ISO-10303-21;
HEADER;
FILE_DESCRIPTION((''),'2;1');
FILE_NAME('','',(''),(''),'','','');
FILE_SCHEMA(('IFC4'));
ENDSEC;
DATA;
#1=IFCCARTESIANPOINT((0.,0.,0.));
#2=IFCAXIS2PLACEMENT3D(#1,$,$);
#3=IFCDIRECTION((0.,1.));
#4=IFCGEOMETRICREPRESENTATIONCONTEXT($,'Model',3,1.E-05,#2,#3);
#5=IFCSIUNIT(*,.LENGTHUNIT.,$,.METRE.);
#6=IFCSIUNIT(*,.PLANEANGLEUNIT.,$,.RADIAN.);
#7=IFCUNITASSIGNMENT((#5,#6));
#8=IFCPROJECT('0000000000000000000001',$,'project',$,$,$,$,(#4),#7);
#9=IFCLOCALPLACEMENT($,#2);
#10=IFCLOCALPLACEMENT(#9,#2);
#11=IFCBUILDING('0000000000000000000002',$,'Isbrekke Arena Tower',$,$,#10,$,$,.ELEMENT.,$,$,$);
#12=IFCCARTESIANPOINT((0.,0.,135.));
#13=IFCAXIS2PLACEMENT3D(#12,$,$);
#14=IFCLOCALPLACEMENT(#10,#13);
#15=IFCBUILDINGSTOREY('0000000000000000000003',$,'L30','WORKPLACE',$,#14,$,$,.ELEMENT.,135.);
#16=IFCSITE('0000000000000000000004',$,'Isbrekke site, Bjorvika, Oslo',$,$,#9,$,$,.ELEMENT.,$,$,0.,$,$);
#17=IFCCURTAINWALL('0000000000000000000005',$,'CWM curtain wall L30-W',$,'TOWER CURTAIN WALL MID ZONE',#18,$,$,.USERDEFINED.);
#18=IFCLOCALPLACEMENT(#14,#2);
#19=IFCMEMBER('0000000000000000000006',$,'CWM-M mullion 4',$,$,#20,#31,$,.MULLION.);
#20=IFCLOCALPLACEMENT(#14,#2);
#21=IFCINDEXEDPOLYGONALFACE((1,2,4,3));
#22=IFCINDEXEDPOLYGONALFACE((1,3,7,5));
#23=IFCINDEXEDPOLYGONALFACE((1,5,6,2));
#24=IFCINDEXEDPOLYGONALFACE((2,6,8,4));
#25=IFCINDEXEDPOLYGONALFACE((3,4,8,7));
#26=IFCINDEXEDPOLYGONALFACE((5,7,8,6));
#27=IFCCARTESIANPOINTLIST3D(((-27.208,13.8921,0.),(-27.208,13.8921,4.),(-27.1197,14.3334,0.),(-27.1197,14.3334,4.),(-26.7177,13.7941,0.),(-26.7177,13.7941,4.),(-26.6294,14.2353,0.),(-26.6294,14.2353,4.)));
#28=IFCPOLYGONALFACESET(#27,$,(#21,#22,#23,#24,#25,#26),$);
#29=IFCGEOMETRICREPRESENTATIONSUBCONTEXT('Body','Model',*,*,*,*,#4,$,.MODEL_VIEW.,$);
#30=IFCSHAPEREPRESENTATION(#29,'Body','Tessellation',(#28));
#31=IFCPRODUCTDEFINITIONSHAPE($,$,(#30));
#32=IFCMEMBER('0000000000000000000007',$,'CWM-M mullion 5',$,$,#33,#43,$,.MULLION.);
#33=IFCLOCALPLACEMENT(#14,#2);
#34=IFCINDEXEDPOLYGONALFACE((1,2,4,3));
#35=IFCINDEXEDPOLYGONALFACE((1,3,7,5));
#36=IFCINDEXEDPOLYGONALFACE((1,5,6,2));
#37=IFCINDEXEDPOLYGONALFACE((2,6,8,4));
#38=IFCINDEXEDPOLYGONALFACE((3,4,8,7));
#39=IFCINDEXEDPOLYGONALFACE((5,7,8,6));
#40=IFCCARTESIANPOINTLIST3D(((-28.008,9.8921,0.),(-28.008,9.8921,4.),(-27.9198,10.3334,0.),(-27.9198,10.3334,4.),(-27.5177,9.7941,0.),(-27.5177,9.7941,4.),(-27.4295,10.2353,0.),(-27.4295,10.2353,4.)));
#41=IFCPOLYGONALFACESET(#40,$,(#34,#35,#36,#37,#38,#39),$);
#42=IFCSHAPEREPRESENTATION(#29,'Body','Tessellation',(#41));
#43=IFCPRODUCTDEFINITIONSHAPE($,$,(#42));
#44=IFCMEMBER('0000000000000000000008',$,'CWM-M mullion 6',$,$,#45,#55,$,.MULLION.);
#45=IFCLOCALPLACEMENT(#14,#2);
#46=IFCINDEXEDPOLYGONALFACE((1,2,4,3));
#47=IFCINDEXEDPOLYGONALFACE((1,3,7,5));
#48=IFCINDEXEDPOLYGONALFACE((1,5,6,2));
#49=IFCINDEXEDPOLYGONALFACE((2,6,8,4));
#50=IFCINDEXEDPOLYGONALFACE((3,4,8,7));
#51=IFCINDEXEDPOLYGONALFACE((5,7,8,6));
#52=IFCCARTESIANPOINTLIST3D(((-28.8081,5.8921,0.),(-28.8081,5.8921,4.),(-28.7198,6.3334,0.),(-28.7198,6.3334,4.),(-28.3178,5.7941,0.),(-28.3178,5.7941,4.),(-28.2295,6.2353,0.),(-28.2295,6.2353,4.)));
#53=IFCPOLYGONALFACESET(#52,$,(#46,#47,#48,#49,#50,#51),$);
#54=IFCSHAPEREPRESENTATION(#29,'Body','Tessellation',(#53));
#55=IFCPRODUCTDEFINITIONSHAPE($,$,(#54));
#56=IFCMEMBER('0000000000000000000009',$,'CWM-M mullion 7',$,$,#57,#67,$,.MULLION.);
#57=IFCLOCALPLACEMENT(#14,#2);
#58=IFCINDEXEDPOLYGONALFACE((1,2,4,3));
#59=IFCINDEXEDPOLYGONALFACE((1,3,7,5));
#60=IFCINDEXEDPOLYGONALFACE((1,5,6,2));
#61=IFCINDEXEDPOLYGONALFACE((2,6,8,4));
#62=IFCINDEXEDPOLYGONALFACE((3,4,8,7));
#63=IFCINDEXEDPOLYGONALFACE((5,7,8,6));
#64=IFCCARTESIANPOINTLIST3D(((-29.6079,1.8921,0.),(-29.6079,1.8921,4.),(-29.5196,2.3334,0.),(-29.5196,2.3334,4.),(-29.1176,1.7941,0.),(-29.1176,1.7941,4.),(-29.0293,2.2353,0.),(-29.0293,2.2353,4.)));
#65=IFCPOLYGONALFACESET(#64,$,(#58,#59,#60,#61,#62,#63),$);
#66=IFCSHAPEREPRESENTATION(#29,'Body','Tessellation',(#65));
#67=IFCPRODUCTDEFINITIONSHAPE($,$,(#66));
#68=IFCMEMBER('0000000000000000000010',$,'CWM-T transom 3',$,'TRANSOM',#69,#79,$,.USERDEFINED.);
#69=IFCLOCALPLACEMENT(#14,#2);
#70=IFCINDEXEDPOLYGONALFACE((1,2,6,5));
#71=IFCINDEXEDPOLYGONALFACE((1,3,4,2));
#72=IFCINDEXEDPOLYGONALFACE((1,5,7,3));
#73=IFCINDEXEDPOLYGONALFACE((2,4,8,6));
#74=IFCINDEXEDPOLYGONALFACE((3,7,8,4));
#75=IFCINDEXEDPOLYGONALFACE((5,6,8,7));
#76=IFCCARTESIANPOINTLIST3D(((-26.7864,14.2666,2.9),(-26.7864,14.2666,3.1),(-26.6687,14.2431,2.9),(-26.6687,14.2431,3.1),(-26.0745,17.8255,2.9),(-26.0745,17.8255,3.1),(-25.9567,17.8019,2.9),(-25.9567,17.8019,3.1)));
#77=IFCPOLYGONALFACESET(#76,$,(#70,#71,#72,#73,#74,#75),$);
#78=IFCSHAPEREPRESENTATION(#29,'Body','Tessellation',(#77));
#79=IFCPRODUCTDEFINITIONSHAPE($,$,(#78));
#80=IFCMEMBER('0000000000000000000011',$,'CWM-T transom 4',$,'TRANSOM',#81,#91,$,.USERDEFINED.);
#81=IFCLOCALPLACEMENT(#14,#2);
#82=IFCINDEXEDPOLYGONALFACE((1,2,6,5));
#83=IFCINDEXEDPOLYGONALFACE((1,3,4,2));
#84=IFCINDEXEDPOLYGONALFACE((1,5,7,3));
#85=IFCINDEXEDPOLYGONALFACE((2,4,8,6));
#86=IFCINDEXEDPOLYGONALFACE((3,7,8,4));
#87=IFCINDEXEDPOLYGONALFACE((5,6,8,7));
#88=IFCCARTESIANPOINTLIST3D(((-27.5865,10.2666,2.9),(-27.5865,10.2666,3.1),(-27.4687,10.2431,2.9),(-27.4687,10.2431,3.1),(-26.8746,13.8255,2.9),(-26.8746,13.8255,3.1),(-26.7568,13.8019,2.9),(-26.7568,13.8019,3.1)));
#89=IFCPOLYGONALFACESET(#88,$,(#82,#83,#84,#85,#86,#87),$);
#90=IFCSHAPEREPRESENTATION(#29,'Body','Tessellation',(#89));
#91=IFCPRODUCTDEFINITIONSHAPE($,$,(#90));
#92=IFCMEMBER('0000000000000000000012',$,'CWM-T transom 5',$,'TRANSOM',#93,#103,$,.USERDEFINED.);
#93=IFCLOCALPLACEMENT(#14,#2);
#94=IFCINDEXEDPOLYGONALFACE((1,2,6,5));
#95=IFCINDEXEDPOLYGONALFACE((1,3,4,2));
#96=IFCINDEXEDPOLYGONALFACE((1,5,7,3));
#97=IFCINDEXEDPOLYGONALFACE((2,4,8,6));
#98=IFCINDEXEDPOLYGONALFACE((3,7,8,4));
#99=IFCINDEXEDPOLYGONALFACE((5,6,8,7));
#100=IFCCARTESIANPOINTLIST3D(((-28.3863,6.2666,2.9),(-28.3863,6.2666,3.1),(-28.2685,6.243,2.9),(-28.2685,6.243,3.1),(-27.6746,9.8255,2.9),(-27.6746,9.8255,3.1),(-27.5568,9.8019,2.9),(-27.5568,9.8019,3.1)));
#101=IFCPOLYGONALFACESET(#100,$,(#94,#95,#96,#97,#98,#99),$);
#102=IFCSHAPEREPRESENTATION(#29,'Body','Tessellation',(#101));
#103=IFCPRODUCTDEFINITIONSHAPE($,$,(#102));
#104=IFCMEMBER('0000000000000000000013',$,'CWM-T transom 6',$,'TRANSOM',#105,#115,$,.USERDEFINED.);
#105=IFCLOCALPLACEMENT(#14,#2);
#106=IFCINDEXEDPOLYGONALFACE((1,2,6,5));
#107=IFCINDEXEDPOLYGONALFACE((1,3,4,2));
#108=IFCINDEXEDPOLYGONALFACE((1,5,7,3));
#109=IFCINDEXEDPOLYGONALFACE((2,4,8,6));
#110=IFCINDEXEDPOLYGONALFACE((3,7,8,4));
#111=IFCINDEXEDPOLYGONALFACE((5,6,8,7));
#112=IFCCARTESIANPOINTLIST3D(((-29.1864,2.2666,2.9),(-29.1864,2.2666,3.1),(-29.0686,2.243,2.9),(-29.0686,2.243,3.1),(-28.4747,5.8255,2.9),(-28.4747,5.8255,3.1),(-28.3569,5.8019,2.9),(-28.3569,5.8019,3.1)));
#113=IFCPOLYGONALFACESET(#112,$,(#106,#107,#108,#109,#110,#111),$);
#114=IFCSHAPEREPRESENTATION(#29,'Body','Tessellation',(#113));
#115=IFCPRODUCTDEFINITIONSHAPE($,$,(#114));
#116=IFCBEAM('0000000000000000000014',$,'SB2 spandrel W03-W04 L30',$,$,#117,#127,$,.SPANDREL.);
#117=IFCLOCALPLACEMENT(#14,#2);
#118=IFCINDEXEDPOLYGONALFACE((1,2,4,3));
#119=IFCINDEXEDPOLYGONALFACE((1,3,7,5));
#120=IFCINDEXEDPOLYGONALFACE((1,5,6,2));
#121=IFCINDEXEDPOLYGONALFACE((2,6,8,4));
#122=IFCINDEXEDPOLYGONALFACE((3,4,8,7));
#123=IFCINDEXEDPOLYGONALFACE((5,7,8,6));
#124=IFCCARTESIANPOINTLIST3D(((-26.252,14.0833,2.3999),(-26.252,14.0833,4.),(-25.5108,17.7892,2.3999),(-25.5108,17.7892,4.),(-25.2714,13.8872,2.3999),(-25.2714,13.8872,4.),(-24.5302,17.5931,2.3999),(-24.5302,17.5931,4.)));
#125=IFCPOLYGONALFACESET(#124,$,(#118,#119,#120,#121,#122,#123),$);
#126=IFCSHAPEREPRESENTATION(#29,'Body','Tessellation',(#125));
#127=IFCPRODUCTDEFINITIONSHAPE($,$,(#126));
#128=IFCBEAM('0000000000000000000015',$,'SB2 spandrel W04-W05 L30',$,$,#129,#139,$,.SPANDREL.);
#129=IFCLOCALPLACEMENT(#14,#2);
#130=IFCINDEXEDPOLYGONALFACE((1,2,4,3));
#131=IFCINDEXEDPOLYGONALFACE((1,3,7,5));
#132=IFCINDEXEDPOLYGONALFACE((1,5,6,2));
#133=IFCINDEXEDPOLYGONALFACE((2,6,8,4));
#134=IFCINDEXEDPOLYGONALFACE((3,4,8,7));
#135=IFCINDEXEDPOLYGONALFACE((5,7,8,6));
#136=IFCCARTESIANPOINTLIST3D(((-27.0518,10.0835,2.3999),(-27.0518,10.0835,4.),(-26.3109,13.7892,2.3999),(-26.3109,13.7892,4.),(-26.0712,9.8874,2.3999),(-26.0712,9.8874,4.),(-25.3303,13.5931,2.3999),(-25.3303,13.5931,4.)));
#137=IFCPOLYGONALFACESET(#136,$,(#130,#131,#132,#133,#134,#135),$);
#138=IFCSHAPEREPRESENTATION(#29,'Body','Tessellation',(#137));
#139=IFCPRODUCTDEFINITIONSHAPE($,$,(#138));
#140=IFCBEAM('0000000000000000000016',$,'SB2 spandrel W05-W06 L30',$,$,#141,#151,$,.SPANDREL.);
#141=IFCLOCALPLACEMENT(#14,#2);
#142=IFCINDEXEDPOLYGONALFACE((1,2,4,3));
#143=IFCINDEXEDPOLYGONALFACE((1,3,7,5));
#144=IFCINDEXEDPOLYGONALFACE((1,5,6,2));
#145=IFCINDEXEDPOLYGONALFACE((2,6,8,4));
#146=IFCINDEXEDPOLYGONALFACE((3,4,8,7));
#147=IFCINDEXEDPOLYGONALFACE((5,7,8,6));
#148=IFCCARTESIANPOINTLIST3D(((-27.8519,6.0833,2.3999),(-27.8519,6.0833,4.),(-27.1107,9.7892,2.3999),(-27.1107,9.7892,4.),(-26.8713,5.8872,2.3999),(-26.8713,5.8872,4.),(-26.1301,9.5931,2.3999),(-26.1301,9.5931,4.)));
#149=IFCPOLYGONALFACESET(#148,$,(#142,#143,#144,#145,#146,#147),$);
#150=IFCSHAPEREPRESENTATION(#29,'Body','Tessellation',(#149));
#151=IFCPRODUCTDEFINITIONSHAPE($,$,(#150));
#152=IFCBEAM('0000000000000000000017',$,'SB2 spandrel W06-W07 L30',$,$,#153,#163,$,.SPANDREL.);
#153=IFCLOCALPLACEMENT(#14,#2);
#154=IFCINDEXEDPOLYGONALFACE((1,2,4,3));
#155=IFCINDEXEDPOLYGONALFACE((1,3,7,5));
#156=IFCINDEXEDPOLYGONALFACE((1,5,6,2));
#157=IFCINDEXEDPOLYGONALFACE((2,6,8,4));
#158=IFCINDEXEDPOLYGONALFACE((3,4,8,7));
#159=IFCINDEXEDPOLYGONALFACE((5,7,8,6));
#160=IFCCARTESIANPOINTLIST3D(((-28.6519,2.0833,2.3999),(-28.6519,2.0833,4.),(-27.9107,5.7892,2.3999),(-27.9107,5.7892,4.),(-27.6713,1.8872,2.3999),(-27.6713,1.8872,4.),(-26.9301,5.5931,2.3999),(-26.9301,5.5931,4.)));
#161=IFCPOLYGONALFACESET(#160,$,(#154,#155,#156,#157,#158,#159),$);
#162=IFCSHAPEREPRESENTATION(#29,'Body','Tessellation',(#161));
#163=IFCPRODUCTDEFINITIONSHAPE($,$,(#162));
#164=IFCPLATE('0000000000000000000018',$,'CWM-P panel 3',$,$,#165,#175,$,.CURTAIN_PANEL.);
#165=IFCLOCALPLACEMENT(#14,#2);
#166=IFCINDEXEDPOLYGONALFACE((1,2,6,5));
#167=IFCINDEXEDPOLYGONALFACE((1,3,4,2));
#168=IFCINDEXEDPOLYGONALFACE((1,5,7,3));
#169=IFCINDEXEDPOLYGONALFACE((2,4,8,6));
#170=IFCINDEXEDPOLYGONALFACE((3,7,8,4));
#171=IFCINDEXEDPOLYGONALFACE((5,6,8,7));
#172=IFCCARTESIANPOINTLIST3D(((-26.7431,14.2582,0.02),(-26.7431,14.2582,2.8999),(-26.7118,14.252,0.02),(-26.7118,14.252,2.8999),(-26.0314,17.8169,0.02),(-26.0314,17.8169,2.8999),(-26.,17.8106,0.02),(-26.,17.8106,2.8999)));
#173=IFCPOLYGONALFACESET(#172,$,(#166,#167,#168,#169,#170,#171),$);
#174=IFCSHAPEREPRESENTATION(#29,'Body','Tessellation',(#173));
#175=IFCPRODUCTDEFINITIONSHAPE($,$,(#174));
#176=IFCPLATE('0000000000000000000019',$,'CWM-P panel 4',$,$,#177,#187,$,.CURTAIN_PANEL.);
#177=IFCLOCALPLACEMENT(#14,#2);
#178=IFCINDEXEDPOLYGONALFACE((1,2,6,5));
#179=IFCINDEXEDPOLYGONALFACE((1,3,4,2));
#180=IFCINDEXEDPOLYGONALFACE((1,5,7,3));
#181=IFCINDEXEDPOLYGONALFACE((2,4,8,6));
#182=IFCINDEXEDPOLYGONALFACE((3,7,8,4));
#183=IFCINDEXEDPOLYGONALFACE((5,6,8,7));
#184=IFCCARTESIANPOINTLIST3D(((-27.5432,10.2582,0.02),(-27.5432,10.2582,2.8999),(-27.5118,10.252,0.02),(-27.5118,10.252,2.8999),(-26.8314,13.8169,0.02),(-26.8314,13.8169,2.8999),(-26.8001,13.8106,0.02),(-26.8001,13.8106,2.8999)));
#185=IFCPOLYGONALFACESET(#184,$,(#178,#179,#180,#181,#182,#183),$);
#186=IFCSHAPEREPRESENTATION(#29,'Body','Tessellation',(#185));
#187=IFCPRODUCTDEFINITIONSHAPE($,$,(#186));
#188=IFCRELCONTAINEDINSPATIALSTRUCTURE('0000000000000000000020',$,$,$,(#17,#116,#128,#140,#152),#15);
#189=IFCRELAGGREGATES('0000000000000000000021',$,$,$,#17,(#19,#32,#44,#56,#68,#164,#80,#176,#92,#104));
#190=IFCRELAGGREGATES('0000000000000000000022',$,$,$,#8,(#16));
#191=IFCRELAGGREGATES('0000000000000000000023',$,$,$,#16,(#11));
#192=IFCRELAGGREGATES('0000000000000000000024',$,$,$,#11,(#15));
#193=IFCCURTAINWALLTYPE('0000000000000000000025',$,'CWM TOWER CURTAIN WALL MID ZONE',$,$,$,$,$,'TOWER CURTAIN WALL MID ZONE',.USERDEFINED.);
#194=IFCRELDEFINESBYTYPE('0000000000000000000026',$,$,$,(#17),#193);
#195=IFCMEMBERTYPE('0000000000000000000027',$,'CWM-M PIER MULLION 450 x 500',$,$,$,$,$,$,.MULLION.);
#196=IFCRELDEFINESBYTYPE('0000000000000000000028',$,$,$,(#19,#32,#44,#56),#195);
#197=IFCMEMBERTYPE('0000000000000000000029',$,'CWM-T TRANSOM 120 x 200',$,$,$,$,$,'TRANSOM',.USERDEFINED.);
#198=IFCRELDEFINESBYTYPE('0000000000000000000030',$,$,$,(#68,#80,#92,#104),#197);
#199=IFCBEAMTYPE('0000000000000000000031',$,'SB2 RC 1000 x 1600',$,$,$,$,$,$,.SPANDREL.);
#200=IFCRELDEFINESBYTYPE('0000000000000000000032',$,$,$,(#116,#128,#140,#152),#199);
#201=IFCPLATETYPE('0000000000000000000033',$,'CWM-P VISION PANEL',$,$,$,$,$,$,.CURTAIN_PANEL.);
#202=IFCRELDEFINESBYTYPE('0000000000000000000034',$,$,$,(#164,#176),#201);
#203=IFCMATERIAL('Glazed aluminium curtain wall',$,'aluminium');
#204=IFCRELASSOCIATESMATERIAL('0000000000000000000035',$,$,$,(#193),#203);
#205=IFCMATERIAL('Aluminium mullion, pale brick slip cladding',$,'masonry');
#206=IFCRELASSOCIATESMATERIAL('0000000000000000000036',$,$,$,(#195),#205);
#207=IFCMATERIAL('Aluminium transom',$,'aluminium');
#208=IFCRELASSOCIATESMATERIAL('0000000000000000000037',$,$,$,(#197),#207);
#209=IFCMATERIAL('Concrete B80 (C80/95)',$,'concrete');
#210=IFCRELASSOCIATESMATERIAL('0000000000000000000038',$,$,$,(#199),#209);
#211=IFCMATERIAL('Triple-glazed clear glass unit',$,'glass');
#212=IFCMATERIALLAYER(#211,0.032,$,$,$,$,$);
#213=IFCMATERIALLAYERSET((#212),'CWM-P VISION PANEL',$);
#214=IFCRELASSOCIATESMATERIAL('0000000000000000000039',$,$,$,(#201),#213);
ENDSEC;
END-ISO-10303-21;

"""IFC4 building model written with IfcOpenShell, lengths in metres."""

from ifc_helpers import new_model, si_unit, direction, frame, origin, origin_2d, place, context, subcontext, project, spatial, rectangle, extrude, material, layer, layer_set, material_profile, profile_set, type_object, element, aggregate, save


model = new_model("IFC4")

# Units and contexts
model_context = context("Model", 3, precision=1e-05, world=origin(), true_north=direction((0.0, 1.0)))
body_context = subcontext(model_context, "Body", "Model", "MODEL_VIEW")
ifc_project = project(units=[si_unit("LENGTHUNIT", "METRE"), si_unit("PLANEANGLEUNIT", "RADIAN")], contexts=[model_context])

# Site, building, storey
site_placement = place(None, origin())
site = spatial("IfcSite", under=ifc_project, at=site_placement, Name="Isbrekke site, Bjorvika, Oslo", CompositionType="ELEMENT", RefElevation=0.0)
building_placement = place(site_placement, origin())
building = spatial("IfcBuilding", under=site, at=building_placement, Name="Isbrekke Arena Tower", CompositionType="ELEMENT")
storey_placement = place(building_placement, frame((0.0, 0.0, 135.0)))
storey = spatial("IfcBuildingStorey", under=building, at=storey_placement, Name="L30", Description="WORKPLACE", CompositionType="ELEMENT", Elevation=135.0)

# Curtain wall, members
ifc_material_1 = material(Name="Glazed aluminium curtain wall", Category="aluminium")
curtain_wall_type = type_object("IfcCurtainWallType", Name="CWM TOWER CURTAIN WALL MID ZONE", ElementType="TOWER CURTAIN WALL MID ZONE", PredefinedType="USERDEFINED", material=ifc_material_1)
curtain_wall_placement = place(storey_placement, origin())
curtain_wall = element("IfcCurtainWall", 1, at=curtain_wall_placement, inside=storey, type_object=curtain_wall_type, Name="CWM curtain wall L30-W", ObjectType="TOWER CURTAIN WALL MID ZONE", PredefinedType="USERDEFINED")
ifc_material_2 = material(Name="Aluminium mullion, pale brick slip cladding", Category="masonry")
ifc_material_profile_1 = material_profile(ifc_material_2, rectangle(XDim=0.45, YDim=0.5, at=origin_2d()), Name="PIER 450X500")
ifc_profile_set_1 = profile_set([ifc_material_profile_1], Name="Aluminium mullion, pale brick slip cladding")
member_type_1 = type_object("IfcMemberType", Name="CWM-M PIER MULLION 450 x 500", PredefinedType="MULLION", material=ifc_profile_set_1)
member_1_placement = place(storey_placement, frame((-26.9187, 14.0637, 0.0), z_axis=(0.0, 0.0, 1.0), x_axis=(-0.196116, -0.980581, 0.0)))
member_1 = element("IfcMember", 2, at=member_1_placement, type_object=member_type_1, Name="CWM-M mullion 4", PredefinedType="MULLION", context=body_context, shape_type="SweptSolid", body=[
    extrude(rectangle(XDim=0.45, YDim=0.5, at=origin_2d()), origin(), (0.0, 0.0, 1.0), 4.0),
])
member_2_placement = place(storey_placement, frame((-27.7188, 10.0637, 0.0), z_axis=(0.0, 0.0, 1.0), x_axis=(-0.196116, -0.980581, 0.0)))
member_2 = element("IfcMember", 3, at=member_2_placement, type_object=member_type_1, Name="CWM-M mullion 5", PredefinedType="MULLION", context=body_context, shape_type="SweptSolid", body=[
    extrude(rectangle(XDim=0.45, YDim=0.5, at=origin_2d()), origin(), (0.0, 0.0, 1.0), 4.0),
])
member_3_placement = place(storey_placement, frame((-28.5188, 6.0637, 0.0), z_axis=(0.0, 0.0, 1.0), x_axis=(-0.196116, -0.980581, 0.0)))
member_3 = element("IfcMember", 4, at=member_3_placement, type_object=member_type_1, Name="CWM-M mullion 6", PredefinedType="MULLION", context=body_context, shape_type="SweptSolid", body=[
    extrude(rectangle(XDim=0.45, YDim=0.5, at=origin_2d()), origin(), (0.0, 0.0, 1.0), 4.0),
])
member_4_placement = place(storey_placement, frame((-29.3186, 2.0637, 0.0), z_axis=(0.0, 0.0, 1.0), x_axis=(-0.196116, -0.980581, 0.0)))
member_4 = element("IfcMember", 5, at=member_4_placement, type_object=member_type_1, Name="CWM-M mullion 7", PredefinedType="MULLION", context=body_context, shape_type="SweptSolid", body=[
    extrude(rectangle(XDim=0.45, YDim=0.5, at=origin_2d()), origin(), (0.0, 0.0, 1.0), 4.0),
])
ifc_material_3 = material(Name="Aluminium transom", Category="aluminium")
ifc_material_profile_2 = material_profile(ifc_material_3, rectangle(XDim=0.1201, YDim=0.2, at=origin_2d()), Name="TRANSOM 120X200")
ifc_profile_set_2 = profile_set([ifc_material_profile_2], Name="Aluminium transom")
member_type_2 = type_object("IfcMemberType", Name="CWM-T TRANSOM 120 x 200", ElementType="TRANSOM", PredefinedType="USERDEFINED", material=ifc_profile_set_2)
member_5_placement = place(storey_placement, frame((-26.0156, 17.8137, 3.0), z_axis=(-0.196155, -0.980573, 0.0), x_axis=(0.980573, -0.196155, 0.0)))
member_5 = element("IfcMember", 6, at=member_5_placement, type_object=member_type_2, Name="CWM-T transom 3", ObjectType="TRANSOM", PredefinedType="USERDEFINED", context=body_context, shape_type="SweptSolid", body=[
    extrude(rectangle(XDim=0.1201, YDim=0.2, at=origin_2d()), origin(), (0.0, 0.0, 1.0), 3.6294),
])
member_6_placement = place(storey_placement, frame((-26.8157, 13.8137, 3.0), z_axis=(-0.196155, -0.980573, 0.0), x_axis=(0.980573, -0.196155, 0.0)))
member_6 = element("IfcMember", 7, at=member_6_placement, type_object=member_type_2, Name="CWM-T transom 4", ObjectType="TRANSOM", PredefinedType="USERDEFINED", context=body_context, shape_type="SweptSolid", body=[
    extrude(rectangle(XDim=0.1201, YDim=0.2, at=origin_2d()), origin(), (0.0, 0.0, 1.0), 3.6294),
])
member_7_placement = place(storey_placement, frame((-27.6157, 9.8137, 3.0), z_axis=(-0.19609, -0.980586, 0.0), x_axis=(0.980586, -0.19609, 0.0)))
member_7 = element("IfcMember", 8, at=member_7_placement, type_object=member_type_2, Name="CWM-T transom 5", ObjectType="TRANSOM", PredefinedType="USERDEFINED", context=body_context, shape_type="SweptSolid", body=[
    extrude(rectangle(XDim=0.1201, YDim=0.2, at=origin_2d()), origin(), (0.0, 0.0, 1.0), 3.6294),
])
member_8_placement = place(storey_placement, frame((-28.4158, 5.8137, 3.0), z_axis=(-0.19609, -0.980586, 0.0), x_axis=(0.980586, -0.19609, 0.0)))
member_8 = element("IfcMember", 9, at=member_8_placement, type_object=member_type_2, Name="CWM-T transom 6", ObjectType="TRANSOM", PredefinedType="USERDEFINED", context=body_context, shape_type="SweptSolid", body=[
    extrude(rectangle(XDim=0.1201, YDim=0.2, at=origin_2d()), origin(), (0.0, 0.0, 1.0), 3.6294),
])

# Beams
ifc_material_4 = material(Name="Concrete B80 (C80/95)", Category="concrete")
ifc_material_profile_3 = material_profile(ifc_material_4, rectangle(XDim=1.0, YDim=1.6001, at=origin_2d()), Name="RC 1000x1600")
ifc_profile_set_3 = profile_set([ifc_material_profile_3], Name="Concrete B80 (C80/95)")
beam_type_1 = type_object("IfcBeamType", Name="SB2 RC 1000 x 1600", PredefinedType="SPANDREL", material=ifc_profile_set_3)
beam_1_placement = place(storey_placement, frame((-25.0205, 17.6912, 3.2), z_axis=(-0.196129, -0.980578, 0.0), x_axis=(0.980578, -0.196129, 0.0)))
element("IfcBeam", 10, at=beam_1_placement, inside=storey, type_object=beam_type_1, Name="SB2 spandrel W03-W04 L30", PredefinedType="SPANDREL", context=body_context, shape_type="SweptSolid", body=[
    extrude(rectangle(XDim=1.0, YDim=1.6001, at=origin_2d()), origin(), (0.0, 0.0, 1.0), 3.7793),
])
beam_2_placement = place(storey_placement, frame((-25.8206, 13.6912, 3.2), z_axis=(-0.196066, -0.980591, 0.0), x_axis=(0.980591, -0.196066, 0.0)))
element("IfcBeam", 11, at=beam_2_placement, inside=storey, type_object=beam_type_1, Name="SB2 spandrel W04-W05 L30", PredefinedType="SPANDREL", context=body_context, shape_type="SweptSolid", body=[
    extrude(rectangle(XDim=1.0, YDim=1.6001, at=origin_2d()), origin(), (0.0, 0.0, 1.0), 3.7791),
])
for number, where, z_axis, x_axis, name in (
    (12, (-26.6204, 9.6912, 3.2), (-0.196129, -0.980578, 0.0), (0.980578, -0.196129, 0.0), "SB2 spandrel W05-W06 L30"),
    (13, (-27.4204, 5.6912, 3.2), (-0.196129, -0.980578, 0.0), (0.980578, -0.196129, 0.0), "SB2 spandrel W06-W07 L30"),
):
    element("IfcBeam", number, at=place(storey_placement, frame(where, z_axis=z_axis, x_axis=x_axis)), inside=storey, type_object=beam_type_1, Name=name, PredefinedType="SPANDREL", context=body_context, shape_type="SweptSolid", body=[
        extrude(rectangle(XDim=1.0, YDim=1.6001, at=origin_2d()), origin(), (0.0, 0.0, 1.0), 3.7793),
    ])

# Plates
ifc_material_5 = material(Name="Triple-glazed clear glass unit", Category="glass")
ifc_layer_1 = layer(ifc_material_5, 0.032)
ifc_layer_set_1 = layer_set([ifc_layer_1], Name="CWM-P VISION PANEL")
plate_type = type_object("IfcPlateType", Name="CWM-P VISION PANEL", PredefinedType="CURTAIN_PANEL", material=ifc_layer_set_1)
plate_1_placement = place(storey_placement, frame((-26.3716, 16.0344, 0.02), z_axis=(0.0, 0.0, 1.0), x_axis=(-0.196116, -0.980581, 0.0)))
plate_1 = element("IfcPlate", 14, at=plate_1_placement, type_object=plate_type, Name="CWM-P panel 3", PredefinedType="CURTAIN_PANEL", context=body_context, shape_type="SweptSolid", body=[
    extrude(rectangle(XDim=3.6292, YDim=0.032, at=origin_2d()), origin(), (0.0, 0.0, 1.0), 2.8799),
])
plate_2_placement = place(storey_placement, frame((-27.1716, 12.0344, 0.02), z_axis=(0.0, 0.0, 1.0), x_axis=(-0.196116, -0.980581, 0.0)))
plate_2 = element("IfcPlate", 15, at=plate_2_placement, type_object=plate_type, Name="CWM-P panel 4", PredefinedType="CURTAIN_PANEL", context=body_context, shape_type="SweptSolid", body=[
    extrude(rectangle(XDim=3.6292, YDim=0.032, at=origin_2d()), origin(), (0.0, 0.0, 1.0), 2.8799),
])
aggregate(curtain_wall, [member_1, member_2, member_3, member_4, member_5, plate_1, member_6, plate_2, member_7, member_8])

save(model, "model.ifc")
